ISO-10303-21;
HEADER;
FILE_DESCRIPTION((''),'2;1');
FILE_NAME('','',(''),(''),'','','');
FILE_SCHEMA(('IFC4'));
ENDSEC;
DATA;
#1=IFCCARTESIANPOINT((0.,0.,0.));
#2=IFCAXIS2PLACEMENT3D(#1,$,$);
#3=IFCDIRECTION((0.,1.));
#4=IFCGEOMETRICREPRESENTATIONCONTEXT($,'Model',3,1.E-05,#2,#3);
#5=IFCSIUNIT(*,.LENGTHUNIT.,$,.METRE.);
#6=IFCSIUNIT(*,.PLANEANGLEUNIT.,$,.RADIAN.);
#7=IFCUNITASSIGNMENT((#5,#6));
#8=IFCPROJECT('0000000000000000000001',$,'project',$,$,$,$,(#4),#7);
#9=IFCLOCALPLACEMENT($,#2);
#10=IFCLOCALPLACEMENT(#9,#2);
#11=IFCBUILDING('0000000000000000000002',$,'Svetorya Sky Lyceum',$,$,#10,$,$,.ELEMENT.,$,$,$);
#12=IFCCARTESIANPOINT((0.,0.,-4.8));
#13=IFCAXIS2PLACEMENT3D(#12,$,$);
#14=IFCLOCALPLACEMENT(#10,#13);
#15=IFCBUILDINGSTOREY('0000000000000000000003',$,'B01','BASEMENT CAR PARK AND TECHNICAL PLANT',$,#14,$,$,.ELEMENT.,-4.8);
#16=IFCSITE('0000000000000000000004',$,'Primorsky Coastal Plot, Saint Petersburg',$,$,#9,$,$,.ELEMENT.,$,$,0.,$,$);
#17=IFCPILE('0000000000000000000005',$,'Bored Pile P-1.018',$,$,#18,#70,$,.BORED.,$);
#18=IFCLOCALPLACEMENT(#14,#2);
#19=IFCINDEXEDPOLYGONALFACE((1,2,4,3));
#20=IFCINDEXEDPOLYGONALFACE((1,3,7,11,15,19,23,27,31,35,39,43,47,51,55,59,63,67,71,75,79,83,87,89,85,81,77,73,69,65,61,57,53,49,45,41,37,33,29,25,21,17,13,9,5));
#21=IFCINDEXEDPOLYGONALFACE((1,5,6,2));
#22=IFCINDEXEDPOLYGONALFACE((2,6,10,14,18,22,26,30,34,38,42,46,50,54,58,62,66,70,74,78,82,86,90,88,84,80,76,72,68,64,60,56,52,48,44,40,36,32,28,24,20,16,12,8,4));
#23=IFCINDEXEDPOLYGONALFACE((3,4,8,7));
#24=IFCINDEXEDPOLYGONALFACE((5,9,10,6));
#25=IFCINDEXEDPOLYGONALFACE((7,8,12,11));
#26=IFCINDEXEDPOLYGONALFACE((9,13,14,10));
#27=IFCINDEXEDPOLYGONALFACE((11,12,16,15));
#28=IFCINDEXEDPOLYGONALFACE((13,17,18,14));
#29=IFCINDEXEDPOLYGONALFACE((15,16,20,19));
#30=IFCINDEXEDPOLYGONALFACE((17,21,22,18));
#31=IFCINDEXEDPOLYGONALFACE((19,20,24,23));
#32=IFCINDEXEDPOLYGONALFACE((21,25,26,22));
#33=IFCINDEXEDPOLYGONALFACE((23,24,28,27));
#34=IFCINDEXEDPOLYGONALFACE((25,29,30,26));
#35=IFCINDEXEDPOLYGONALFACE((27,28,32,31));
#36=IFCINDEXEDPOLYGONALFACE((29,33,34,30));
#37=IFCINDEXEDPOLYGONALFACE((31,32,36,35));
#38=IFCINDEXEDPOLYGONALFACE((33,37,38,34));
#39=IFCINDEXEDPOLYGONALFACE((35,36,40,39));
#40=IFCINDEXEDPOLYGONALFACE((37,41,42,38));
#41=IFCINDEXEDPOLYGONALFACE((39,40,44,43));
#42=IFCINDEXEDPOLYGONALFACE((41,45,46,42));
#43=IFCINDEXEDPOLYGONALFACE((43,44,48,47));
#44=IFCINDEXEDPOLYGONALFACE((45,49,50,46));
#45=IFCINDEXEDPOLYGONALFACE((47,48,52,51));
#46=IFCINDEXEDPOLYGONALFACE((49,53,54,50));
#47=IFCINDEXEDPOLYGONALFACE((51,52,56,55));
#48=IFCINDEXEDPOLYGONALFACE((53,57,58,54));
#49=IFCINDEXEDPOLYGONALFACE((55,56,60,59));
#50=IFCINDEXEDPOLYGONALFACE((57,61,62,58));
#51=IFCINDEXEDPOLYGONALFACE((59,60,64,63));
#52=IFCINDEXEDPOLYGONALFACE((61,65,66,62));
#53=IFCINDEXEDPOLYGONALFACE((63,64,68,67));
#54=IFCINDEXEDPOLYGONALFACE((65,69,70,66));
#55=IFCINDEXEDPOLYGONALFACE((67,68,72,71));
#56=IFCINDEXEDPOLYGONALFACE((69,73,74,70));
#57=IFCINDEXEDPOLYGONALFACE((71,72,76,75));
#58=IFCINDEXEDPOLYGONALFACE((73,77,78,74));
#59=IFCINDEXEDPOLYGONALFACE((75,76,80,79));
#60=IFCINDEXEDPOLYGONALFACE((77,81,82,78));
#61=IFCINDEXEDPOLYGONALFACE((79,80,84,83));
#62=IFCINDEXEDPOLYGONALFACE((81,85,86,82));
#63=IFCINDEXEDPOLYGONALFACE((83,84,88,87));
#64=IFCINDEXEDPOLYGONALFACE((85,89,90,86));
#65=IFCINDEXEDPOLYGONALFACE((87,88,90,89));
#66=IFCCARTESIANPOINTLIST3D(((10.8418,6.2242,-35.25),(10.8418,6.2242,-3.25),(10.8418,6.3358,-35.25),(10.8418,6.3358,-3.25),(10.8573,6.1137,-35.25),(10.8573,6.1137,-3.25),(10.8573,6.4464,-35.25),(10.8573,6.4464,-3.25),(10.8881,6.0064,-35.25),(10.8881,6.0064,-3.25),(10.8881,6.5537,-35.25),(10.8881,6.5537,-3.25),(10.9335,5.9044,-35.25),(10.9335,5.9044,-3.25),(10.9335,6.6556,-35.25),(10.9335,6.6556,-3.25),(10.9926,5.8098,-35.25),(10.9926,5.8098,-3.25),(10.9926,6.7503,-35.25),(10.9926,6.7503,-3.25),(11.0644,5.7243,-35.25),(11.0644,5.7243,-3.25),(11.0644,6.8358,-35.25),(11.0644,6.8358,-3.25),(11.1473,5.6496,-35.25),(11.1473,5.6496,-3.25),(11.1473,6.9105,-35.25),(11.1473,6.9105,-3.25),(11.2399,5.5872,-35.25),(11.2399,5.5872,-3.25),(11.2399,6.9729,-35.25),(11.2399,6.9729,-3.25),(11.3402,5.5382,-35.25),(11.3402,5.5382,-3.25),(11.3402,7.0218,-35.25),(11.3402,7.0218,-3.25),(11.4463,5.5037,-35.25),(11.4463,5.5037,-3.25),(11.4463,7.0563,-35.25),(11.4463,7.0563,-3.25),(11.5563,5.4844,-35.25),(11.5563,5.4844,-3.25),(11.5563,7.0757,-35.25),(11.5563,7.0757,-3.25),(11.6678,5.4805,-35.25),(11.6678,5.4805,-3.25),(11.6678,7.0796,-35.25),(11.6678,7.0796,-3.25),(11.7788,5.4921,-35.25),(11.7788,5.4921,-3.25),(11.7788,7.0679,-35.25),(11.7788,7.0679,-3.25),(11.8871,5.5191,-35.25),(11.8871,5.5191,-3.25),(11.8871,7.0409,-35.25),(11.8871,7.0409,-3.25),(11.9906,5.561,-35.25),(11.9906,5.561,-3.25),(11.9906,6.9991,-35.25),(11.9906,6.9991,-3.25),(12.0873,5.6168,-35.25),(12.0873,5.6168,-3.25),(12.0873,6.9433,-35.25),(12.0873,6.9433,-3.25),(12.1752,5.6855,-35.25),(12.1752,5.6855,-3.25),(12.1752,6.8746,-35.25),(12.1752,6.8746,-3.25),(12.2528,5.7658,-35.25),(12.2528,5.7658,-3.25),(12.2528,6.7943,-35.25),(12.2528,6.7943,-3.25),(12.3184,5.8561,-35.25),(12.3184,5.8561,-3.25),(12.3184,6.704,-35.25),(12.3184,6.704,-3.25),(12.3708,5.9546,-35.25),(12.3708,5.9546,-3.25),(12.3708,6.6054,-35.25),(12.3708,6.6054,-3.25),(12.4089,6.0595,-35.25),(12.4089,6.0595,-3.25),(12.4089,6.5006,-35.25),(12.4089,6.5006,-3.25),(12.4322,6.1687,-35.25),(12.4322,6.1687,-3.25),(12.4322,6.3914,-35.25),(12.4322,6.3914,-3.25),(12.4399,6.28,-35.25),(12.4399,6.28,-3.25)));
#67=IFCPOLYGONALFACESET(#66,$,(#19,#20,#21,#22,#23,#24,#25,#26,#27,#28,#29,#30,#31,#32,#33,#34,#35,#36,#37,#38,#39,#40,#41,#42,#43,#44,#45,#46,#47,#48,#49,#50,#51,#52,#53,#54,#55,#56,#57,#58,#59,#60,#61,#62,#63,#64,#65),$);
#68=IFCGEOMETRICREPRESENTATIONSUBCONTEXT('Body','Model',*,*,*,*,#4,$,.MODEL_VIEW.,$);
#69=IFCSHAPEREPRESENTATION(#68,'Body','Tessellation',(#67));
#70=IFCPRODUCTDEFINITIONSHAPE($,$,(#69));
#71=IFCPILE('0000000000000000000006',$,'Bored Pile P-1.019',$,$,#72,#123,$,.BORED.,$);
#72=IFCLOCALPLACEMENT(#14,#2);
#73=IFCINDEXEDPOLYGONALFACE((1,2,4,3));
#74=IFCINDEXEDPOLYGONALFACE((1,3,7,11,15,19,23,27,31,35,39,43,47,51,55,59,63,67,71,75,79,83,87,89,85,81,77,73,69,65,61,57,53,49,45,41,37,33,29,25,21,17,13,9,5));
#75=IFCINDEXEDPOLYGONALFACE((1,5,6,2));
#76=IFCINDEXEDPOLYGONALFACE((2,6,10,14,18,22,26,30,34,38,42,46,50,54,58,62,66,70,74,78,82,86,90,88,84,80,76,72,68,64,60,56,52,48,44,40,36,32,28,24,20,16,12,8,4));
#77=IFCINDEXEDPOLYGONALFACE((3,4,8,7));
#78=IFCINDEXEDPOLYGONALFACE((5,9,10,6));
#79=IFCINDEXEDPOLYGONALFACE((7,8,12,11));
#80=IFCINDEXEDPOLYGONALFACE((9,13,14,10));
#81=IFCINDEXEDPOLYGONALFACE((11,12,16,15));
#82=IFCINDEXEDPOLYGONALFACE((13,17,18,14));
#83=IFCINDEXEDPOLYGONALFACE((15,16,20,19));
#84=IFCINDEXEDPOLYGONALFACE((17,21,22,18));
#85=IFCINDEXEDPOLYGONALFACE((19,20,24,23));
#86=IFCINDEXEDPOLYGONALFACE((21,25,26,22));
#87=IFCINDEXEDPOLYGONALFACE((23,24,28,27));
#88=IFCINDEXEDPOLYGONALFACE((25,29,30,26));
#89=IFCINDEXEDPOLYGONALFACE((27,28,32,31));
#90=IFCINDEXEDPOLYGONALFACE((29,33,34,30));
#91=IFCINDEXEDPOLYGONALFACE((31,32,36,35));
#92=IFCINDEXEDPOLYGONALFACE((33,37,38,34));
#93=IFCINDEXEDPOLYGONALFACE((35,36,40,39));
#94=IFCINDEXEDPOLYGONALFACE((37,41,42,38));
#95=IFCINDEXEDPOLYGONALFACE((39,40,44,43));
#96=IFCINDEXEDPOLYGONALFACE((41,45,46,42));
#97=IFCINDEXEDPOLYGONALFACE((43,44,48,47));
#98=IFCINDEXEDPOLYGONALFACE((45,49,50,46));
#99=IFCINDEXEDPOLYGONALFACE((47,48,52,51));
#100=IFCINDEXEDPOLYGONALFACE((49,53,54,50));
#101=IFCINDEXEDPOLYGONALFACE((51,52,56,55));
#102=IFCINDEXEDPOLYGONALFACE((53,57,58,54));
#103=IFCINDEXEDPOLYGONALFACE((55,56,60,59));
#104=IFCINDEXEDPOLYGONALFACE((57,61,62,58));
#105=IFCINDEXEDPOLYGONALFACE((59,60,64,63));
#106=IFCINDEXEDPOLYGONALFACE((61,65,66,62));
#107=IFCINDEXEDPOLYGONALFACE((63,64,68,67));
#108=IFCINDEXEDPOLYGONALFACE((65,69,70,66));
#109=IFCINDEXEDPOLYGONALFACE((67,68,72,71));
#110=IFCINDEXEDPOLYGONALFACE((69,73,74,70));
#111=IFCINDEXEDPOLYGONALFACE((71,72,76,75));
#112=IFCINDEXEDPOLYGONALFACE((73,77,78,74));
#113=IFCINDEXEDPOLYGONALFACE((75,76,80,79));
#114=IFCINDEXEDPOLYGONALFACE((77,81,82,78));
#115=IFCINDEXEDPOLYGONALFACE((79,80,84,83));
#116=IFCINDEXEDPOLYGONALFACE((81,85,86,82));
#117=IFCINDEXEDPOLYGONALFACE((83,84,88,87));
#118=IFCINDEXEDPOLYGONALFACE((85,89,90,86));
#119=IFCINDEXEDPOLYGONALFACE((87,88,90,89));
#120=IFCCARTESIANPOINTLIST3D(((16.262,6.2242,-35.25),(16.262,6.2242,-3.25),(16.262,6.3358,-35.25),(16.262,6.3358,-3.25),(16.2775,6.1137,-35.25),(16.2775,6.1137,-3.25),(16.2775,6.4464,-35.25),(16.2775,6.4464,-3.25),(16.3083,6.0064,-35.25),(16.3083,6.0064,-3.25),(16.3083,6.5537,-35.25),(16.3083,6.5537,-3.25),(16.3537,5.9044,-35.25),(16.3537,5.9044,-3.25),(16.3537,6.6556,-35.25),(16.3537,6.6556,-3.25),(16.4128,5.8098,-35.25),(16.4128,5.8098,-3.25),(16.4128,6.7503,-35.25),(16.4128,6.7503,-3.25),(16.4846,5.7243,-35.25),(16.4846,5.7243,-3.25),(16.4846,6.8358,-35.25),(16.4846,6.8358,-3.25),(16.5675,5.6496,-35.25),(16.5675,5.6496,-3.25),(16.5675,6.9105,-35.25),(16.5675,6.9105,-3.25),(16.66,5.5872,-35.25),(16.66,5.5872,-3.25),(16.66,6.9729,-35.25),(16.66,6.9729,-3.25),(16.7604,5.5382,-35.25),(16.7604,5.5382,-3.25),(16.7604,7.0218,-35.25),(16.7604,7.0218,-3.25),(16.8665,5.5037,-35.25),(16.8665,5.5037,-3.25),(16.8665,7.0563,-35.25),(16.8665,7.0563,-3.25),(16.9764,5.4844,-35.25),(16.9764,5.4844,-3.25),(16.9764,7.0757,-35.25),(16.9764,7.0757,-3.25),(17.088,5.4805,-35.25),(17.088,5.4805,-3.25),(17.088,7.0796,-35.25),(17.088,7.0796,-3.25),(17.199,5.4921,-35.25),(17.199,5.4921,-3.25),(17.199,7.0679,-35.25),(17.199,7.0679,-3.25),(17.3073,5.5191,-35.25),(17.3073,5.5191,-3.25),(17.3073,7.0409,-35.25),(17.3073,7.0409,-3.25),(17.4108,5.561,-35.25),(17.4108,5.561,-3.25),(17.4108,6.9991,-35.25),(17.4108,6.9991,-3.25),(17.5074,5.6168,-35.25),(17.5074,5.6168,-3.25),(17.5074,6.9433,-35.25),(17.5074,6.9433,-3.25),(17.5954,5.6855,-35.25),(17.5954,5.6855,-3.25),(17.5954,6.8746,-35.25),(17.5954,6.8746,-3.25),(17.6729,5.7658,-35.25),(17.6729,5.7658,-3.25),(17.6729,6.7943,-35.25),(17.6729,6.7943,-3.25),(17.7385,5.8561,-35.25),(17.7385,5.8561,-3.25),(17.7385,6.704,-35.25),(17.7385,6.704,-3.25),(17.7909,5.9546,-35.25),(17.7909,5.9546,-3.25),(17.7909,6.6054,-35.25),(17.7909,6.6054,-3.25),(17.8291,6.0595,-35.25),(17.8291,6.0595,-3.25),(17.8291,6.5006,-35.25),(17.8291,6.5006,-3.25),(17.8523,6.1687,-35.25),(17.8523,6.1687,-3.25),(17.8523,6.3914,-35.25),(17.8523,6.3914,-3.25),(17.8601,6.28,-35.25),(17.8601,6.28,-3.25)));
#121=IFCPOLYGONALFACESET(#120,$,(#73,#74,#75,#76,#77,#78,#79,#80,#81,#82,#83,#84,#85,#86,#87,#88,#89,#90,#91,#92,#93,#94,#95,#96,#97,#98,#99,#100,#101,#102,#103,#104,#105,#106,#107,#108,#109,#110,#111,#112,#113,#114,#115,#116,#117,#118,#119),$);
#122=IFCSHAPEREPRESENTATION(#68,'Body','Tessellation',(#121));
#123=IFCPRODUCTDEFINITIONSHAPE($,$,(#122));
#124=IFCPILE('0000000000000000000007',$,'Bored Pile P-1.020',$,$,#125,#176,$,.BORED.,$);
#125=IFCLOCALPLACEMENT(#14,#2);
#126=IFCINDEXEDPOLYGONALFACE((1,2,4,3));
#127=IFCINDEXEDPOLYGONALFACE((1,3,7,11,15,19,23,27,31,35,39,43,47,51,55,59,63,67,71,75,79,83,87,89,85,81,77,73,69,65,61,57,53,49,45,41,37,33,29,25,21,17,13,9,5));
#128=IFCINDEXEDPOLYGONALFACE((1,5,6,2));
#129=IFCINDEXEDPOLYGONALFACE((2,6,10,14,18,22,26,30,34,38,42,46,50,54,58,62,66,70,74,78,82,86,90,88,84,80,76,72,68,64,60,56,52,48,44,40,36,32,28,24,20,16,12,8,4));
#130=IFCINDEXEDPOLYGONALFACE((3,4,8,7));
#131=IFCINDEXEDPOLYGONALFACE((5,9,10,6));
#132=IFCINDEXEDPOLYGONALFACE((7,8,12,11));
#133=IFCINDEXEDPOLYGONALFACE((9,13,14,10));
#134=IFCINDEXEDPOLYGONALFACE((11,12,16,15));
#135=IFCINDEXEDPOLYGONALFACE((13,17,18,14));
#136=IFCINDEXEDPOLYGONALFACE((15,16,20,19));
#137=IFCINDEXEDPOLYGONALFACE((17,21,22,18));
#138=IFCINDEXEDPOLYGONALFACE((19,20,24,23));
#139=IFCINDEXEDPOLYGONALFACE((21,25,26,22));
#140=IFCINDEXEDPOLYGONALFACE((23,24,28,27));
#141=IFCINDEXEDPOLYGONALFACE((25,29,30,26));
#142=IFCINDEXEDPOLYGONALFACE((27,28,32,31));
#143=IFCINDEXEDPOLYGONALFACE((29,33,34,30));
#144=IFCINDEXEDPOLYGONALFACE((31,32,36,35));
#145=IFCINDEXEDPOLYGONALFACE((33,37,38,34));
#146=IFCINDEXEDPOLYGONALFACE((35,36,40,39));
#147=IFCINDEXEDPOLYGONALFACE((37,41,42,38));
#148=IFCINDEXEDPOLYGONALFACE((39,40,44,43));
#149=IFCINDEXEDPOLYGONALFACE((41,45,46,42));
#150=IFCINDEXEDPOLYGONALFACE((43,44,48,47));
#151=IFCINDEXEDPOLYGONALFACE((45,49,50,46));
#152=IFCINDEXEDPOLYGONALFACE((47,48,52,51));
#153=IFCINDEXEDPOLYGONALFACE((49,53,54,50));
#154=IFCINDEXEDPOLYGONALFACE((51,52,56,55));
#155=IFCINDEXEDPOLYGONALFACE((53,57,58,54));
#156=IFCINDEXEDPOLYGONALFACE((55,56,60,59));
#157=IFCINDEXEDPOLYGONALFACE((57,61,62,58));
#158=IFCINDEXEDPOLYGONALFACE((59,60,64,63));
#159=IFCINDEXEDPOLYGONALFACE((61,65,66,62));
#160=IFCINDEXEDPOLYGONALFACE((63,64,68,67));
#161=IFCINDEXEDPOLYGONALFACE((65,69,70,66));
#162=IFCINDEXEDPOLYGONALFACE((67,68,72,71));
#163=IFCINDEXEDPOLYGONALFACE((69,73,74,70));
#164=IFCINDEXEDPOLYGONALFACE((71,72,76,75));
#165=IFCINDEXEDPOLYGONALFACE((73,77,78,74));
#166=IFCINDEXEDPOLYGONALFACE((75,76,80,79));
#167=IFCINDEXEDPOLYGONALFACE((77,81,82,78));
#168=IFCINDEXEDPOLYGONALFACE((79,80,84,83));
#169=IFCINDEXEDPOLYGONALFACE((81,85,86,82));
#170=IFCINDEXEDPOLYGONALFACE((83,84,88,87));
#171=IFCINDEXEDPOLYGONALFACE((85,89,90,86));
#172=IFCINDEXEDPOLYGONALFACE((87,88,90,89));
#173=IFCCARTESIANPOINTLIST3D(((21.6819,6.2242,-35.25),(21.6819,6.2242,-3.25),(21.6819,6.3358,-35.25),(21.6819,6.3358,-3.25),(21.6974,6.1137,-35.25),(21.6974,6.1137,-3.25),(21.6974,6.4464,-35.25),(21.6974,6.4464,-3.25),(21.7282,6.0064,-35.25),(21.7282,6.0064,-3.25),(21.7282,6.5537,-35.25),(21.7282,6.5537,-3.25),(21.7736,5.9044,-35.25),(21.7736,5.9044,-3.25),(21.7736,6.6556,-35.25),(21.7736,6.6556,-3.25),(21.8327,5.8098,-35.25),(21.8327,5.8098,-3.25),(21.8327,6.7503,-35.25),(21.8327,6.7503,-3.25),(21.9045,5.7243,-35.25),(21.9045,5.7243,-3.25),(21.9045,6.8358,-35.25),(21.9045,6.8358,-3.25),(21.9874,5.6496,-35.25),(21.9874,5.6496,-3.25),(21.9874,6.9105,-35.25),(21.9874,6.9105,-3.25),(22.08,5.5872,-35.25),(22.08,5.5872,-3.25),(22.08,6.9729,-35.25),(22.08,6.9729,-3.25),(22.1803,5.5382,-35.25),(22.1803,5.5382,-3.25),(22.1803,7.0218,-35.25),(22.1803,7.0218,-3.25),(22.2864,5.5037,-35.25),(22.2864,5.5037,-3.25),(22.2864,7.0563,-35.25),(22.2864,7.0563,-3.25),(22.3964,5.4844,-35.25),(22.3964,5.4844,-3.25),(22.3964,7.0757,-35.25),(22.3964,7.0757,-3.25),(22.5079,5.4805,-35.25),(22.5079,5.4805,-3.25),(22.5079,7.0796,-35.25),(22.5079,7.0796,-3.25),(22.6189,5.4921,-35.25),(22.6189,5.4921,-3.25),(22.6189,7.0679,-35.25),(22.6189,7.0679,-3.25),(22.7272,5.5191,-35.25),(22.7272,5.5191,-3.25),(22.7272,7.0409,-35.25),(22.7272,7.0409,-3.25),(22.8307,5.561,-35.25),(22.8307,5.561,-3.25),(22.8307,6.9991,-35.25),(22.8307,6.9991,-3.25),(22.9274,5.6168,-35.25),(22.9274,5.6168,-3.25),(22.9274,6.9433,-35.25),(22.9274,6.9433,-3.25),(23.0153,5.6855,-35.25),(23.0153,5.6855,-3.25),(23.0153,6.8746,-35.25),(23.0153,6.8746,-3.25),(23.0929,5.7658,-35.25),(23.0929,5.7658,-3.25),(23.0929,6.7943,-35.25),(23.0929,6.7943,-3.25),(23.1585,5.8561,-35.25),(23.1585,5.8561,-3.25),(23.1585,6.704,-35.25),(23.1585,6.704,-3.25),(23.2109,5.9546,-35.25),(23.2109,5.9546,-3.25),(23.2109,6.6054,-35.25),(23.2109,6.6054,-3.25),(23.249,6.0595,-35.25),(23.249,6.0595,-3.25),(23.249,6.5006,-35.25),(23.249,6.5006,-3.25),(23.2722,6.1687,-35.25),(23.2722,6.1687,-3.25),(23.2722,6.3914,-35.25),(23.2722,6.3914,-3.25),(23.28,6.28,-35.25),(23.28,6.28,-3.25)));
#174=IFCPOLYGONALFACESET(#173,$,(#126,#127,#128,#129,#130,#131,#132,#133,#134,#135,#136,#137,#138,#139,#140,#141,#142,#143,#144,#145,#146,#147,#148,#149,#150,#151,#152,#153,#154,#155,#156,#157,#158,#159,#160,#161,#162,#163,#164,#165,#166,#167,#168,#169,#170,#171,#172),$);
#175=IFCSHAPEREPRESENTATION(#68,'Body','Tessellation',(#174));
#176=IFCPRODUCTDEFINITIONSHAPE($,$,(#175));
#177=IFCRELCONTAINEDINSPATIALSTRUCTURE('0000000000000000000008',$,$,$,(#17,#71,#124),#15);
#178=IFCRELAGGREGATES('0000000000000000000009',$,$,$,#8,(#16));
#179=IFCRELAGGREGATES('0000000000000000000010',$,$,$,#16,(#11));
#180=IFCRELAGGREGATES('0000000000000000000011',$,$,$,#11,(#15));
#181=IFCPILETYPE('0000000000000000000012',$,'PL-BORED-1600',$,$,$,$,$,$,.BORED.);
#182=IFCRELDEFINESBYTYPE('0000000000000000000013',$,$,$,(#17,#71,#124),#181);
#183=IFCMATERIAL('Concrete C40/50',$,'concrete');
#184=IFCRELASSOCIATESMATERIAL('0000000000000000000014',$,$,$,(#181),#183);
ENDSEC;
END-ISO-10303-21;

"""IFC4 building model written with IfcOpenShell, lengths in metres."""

from ifc_helpers import new_model, si_unit, direction, frame, origin, origin_2d, place, context, subcontext, project, spatial, circle, extrude, material, material_profile, profile_set, type_object, element, save


model = new_model("IFC4")

# Units and contexts
model_context = context("Model", 3, precision=1e-05, world=origin(), true_north=direction((0.0, 1.0)))
body_context = subcontext(model_context, "Body", "Model", "MODEL_VIEW")
ifc_project = project(units=[si_unit("LENGTHUNIT", "METRE"), si_unit("PLANEANGLEUNIT", "RADIAN")], contexts=[model_context])

# Site, building, storey
site_placement = place(None, origin())
site = spatial("IfcSite", under=ifc_project, at=site_placement, Name="Primorsky Coastal Plot, Saint Petersburg", CompositionType="ELEMENT", RefElevation=0.0)
building_placement = place(site_placement, origin())
building = spatial("IfcBuilding", under=site, at=building_placement, Name="Svetorya Sky Lyceum", CompositionType="ELEMENT")
storey_placement = place(building_placement, frame((0.0, 0.0, -4.8)))
storey = spatial("IfcBuildingStorey", under=building, at=storey_placement, Name="B01", Description="BASEMENT CAR PARK AND TECHNICAL PLANT", CompositionType="ELEMENT", Elevation=-4.8)

# Piles
ifc_material_1 = material(Name="Concrete C40/50", Category="concrete")
ifc_material_profile_1 = material_profile(ifc_material_1, circle(Radius=0.8, at=origin_2d()), Name="RC PILE D1600")
ifc_profile_set_1 = profile_set([ifc_material_profile_1], Name="Concrete C40/50")
pile_type = type_object("IfcPileType", Name="PL-BORED-1600", PredefinedType="BORED", material=ifc_profile_set_1)
for number, where, z_axis, x_axis, name in (
    (1, (11.6399, 6.28, -3.25), (0.0, 0.0, -1.0), (1.0, 0.0, 0.0), "Bored Pile P-1.018"),
    (2, (17.0601, 6.28, -3.25), (0.0, 0.0, -1.0), (1.0, 0.0, 0.0), "Bored Pile P-1.019"),
    (3, (22.48, 6.28, -3.25), (0.0, 0.0, -1.0), (1.0, 0.0, 0.0), "Bored Pile P-1.020"),
):
    element("IfcPile", number, at=place(storey_placement, frame(where, z_axis=z_axis, x_axis=x_axis)), inside=storey, type_object=pile_type, Name=name, PredefinedType="BORED", context=body_context, shape_type="SweptSolid", body=[
        extrude(circle(Radius=0.8, at=origin_2d()), origin(), (0.0, 0.0, 1.0), 32.0),
    ])

save(model, "model.ifc")
